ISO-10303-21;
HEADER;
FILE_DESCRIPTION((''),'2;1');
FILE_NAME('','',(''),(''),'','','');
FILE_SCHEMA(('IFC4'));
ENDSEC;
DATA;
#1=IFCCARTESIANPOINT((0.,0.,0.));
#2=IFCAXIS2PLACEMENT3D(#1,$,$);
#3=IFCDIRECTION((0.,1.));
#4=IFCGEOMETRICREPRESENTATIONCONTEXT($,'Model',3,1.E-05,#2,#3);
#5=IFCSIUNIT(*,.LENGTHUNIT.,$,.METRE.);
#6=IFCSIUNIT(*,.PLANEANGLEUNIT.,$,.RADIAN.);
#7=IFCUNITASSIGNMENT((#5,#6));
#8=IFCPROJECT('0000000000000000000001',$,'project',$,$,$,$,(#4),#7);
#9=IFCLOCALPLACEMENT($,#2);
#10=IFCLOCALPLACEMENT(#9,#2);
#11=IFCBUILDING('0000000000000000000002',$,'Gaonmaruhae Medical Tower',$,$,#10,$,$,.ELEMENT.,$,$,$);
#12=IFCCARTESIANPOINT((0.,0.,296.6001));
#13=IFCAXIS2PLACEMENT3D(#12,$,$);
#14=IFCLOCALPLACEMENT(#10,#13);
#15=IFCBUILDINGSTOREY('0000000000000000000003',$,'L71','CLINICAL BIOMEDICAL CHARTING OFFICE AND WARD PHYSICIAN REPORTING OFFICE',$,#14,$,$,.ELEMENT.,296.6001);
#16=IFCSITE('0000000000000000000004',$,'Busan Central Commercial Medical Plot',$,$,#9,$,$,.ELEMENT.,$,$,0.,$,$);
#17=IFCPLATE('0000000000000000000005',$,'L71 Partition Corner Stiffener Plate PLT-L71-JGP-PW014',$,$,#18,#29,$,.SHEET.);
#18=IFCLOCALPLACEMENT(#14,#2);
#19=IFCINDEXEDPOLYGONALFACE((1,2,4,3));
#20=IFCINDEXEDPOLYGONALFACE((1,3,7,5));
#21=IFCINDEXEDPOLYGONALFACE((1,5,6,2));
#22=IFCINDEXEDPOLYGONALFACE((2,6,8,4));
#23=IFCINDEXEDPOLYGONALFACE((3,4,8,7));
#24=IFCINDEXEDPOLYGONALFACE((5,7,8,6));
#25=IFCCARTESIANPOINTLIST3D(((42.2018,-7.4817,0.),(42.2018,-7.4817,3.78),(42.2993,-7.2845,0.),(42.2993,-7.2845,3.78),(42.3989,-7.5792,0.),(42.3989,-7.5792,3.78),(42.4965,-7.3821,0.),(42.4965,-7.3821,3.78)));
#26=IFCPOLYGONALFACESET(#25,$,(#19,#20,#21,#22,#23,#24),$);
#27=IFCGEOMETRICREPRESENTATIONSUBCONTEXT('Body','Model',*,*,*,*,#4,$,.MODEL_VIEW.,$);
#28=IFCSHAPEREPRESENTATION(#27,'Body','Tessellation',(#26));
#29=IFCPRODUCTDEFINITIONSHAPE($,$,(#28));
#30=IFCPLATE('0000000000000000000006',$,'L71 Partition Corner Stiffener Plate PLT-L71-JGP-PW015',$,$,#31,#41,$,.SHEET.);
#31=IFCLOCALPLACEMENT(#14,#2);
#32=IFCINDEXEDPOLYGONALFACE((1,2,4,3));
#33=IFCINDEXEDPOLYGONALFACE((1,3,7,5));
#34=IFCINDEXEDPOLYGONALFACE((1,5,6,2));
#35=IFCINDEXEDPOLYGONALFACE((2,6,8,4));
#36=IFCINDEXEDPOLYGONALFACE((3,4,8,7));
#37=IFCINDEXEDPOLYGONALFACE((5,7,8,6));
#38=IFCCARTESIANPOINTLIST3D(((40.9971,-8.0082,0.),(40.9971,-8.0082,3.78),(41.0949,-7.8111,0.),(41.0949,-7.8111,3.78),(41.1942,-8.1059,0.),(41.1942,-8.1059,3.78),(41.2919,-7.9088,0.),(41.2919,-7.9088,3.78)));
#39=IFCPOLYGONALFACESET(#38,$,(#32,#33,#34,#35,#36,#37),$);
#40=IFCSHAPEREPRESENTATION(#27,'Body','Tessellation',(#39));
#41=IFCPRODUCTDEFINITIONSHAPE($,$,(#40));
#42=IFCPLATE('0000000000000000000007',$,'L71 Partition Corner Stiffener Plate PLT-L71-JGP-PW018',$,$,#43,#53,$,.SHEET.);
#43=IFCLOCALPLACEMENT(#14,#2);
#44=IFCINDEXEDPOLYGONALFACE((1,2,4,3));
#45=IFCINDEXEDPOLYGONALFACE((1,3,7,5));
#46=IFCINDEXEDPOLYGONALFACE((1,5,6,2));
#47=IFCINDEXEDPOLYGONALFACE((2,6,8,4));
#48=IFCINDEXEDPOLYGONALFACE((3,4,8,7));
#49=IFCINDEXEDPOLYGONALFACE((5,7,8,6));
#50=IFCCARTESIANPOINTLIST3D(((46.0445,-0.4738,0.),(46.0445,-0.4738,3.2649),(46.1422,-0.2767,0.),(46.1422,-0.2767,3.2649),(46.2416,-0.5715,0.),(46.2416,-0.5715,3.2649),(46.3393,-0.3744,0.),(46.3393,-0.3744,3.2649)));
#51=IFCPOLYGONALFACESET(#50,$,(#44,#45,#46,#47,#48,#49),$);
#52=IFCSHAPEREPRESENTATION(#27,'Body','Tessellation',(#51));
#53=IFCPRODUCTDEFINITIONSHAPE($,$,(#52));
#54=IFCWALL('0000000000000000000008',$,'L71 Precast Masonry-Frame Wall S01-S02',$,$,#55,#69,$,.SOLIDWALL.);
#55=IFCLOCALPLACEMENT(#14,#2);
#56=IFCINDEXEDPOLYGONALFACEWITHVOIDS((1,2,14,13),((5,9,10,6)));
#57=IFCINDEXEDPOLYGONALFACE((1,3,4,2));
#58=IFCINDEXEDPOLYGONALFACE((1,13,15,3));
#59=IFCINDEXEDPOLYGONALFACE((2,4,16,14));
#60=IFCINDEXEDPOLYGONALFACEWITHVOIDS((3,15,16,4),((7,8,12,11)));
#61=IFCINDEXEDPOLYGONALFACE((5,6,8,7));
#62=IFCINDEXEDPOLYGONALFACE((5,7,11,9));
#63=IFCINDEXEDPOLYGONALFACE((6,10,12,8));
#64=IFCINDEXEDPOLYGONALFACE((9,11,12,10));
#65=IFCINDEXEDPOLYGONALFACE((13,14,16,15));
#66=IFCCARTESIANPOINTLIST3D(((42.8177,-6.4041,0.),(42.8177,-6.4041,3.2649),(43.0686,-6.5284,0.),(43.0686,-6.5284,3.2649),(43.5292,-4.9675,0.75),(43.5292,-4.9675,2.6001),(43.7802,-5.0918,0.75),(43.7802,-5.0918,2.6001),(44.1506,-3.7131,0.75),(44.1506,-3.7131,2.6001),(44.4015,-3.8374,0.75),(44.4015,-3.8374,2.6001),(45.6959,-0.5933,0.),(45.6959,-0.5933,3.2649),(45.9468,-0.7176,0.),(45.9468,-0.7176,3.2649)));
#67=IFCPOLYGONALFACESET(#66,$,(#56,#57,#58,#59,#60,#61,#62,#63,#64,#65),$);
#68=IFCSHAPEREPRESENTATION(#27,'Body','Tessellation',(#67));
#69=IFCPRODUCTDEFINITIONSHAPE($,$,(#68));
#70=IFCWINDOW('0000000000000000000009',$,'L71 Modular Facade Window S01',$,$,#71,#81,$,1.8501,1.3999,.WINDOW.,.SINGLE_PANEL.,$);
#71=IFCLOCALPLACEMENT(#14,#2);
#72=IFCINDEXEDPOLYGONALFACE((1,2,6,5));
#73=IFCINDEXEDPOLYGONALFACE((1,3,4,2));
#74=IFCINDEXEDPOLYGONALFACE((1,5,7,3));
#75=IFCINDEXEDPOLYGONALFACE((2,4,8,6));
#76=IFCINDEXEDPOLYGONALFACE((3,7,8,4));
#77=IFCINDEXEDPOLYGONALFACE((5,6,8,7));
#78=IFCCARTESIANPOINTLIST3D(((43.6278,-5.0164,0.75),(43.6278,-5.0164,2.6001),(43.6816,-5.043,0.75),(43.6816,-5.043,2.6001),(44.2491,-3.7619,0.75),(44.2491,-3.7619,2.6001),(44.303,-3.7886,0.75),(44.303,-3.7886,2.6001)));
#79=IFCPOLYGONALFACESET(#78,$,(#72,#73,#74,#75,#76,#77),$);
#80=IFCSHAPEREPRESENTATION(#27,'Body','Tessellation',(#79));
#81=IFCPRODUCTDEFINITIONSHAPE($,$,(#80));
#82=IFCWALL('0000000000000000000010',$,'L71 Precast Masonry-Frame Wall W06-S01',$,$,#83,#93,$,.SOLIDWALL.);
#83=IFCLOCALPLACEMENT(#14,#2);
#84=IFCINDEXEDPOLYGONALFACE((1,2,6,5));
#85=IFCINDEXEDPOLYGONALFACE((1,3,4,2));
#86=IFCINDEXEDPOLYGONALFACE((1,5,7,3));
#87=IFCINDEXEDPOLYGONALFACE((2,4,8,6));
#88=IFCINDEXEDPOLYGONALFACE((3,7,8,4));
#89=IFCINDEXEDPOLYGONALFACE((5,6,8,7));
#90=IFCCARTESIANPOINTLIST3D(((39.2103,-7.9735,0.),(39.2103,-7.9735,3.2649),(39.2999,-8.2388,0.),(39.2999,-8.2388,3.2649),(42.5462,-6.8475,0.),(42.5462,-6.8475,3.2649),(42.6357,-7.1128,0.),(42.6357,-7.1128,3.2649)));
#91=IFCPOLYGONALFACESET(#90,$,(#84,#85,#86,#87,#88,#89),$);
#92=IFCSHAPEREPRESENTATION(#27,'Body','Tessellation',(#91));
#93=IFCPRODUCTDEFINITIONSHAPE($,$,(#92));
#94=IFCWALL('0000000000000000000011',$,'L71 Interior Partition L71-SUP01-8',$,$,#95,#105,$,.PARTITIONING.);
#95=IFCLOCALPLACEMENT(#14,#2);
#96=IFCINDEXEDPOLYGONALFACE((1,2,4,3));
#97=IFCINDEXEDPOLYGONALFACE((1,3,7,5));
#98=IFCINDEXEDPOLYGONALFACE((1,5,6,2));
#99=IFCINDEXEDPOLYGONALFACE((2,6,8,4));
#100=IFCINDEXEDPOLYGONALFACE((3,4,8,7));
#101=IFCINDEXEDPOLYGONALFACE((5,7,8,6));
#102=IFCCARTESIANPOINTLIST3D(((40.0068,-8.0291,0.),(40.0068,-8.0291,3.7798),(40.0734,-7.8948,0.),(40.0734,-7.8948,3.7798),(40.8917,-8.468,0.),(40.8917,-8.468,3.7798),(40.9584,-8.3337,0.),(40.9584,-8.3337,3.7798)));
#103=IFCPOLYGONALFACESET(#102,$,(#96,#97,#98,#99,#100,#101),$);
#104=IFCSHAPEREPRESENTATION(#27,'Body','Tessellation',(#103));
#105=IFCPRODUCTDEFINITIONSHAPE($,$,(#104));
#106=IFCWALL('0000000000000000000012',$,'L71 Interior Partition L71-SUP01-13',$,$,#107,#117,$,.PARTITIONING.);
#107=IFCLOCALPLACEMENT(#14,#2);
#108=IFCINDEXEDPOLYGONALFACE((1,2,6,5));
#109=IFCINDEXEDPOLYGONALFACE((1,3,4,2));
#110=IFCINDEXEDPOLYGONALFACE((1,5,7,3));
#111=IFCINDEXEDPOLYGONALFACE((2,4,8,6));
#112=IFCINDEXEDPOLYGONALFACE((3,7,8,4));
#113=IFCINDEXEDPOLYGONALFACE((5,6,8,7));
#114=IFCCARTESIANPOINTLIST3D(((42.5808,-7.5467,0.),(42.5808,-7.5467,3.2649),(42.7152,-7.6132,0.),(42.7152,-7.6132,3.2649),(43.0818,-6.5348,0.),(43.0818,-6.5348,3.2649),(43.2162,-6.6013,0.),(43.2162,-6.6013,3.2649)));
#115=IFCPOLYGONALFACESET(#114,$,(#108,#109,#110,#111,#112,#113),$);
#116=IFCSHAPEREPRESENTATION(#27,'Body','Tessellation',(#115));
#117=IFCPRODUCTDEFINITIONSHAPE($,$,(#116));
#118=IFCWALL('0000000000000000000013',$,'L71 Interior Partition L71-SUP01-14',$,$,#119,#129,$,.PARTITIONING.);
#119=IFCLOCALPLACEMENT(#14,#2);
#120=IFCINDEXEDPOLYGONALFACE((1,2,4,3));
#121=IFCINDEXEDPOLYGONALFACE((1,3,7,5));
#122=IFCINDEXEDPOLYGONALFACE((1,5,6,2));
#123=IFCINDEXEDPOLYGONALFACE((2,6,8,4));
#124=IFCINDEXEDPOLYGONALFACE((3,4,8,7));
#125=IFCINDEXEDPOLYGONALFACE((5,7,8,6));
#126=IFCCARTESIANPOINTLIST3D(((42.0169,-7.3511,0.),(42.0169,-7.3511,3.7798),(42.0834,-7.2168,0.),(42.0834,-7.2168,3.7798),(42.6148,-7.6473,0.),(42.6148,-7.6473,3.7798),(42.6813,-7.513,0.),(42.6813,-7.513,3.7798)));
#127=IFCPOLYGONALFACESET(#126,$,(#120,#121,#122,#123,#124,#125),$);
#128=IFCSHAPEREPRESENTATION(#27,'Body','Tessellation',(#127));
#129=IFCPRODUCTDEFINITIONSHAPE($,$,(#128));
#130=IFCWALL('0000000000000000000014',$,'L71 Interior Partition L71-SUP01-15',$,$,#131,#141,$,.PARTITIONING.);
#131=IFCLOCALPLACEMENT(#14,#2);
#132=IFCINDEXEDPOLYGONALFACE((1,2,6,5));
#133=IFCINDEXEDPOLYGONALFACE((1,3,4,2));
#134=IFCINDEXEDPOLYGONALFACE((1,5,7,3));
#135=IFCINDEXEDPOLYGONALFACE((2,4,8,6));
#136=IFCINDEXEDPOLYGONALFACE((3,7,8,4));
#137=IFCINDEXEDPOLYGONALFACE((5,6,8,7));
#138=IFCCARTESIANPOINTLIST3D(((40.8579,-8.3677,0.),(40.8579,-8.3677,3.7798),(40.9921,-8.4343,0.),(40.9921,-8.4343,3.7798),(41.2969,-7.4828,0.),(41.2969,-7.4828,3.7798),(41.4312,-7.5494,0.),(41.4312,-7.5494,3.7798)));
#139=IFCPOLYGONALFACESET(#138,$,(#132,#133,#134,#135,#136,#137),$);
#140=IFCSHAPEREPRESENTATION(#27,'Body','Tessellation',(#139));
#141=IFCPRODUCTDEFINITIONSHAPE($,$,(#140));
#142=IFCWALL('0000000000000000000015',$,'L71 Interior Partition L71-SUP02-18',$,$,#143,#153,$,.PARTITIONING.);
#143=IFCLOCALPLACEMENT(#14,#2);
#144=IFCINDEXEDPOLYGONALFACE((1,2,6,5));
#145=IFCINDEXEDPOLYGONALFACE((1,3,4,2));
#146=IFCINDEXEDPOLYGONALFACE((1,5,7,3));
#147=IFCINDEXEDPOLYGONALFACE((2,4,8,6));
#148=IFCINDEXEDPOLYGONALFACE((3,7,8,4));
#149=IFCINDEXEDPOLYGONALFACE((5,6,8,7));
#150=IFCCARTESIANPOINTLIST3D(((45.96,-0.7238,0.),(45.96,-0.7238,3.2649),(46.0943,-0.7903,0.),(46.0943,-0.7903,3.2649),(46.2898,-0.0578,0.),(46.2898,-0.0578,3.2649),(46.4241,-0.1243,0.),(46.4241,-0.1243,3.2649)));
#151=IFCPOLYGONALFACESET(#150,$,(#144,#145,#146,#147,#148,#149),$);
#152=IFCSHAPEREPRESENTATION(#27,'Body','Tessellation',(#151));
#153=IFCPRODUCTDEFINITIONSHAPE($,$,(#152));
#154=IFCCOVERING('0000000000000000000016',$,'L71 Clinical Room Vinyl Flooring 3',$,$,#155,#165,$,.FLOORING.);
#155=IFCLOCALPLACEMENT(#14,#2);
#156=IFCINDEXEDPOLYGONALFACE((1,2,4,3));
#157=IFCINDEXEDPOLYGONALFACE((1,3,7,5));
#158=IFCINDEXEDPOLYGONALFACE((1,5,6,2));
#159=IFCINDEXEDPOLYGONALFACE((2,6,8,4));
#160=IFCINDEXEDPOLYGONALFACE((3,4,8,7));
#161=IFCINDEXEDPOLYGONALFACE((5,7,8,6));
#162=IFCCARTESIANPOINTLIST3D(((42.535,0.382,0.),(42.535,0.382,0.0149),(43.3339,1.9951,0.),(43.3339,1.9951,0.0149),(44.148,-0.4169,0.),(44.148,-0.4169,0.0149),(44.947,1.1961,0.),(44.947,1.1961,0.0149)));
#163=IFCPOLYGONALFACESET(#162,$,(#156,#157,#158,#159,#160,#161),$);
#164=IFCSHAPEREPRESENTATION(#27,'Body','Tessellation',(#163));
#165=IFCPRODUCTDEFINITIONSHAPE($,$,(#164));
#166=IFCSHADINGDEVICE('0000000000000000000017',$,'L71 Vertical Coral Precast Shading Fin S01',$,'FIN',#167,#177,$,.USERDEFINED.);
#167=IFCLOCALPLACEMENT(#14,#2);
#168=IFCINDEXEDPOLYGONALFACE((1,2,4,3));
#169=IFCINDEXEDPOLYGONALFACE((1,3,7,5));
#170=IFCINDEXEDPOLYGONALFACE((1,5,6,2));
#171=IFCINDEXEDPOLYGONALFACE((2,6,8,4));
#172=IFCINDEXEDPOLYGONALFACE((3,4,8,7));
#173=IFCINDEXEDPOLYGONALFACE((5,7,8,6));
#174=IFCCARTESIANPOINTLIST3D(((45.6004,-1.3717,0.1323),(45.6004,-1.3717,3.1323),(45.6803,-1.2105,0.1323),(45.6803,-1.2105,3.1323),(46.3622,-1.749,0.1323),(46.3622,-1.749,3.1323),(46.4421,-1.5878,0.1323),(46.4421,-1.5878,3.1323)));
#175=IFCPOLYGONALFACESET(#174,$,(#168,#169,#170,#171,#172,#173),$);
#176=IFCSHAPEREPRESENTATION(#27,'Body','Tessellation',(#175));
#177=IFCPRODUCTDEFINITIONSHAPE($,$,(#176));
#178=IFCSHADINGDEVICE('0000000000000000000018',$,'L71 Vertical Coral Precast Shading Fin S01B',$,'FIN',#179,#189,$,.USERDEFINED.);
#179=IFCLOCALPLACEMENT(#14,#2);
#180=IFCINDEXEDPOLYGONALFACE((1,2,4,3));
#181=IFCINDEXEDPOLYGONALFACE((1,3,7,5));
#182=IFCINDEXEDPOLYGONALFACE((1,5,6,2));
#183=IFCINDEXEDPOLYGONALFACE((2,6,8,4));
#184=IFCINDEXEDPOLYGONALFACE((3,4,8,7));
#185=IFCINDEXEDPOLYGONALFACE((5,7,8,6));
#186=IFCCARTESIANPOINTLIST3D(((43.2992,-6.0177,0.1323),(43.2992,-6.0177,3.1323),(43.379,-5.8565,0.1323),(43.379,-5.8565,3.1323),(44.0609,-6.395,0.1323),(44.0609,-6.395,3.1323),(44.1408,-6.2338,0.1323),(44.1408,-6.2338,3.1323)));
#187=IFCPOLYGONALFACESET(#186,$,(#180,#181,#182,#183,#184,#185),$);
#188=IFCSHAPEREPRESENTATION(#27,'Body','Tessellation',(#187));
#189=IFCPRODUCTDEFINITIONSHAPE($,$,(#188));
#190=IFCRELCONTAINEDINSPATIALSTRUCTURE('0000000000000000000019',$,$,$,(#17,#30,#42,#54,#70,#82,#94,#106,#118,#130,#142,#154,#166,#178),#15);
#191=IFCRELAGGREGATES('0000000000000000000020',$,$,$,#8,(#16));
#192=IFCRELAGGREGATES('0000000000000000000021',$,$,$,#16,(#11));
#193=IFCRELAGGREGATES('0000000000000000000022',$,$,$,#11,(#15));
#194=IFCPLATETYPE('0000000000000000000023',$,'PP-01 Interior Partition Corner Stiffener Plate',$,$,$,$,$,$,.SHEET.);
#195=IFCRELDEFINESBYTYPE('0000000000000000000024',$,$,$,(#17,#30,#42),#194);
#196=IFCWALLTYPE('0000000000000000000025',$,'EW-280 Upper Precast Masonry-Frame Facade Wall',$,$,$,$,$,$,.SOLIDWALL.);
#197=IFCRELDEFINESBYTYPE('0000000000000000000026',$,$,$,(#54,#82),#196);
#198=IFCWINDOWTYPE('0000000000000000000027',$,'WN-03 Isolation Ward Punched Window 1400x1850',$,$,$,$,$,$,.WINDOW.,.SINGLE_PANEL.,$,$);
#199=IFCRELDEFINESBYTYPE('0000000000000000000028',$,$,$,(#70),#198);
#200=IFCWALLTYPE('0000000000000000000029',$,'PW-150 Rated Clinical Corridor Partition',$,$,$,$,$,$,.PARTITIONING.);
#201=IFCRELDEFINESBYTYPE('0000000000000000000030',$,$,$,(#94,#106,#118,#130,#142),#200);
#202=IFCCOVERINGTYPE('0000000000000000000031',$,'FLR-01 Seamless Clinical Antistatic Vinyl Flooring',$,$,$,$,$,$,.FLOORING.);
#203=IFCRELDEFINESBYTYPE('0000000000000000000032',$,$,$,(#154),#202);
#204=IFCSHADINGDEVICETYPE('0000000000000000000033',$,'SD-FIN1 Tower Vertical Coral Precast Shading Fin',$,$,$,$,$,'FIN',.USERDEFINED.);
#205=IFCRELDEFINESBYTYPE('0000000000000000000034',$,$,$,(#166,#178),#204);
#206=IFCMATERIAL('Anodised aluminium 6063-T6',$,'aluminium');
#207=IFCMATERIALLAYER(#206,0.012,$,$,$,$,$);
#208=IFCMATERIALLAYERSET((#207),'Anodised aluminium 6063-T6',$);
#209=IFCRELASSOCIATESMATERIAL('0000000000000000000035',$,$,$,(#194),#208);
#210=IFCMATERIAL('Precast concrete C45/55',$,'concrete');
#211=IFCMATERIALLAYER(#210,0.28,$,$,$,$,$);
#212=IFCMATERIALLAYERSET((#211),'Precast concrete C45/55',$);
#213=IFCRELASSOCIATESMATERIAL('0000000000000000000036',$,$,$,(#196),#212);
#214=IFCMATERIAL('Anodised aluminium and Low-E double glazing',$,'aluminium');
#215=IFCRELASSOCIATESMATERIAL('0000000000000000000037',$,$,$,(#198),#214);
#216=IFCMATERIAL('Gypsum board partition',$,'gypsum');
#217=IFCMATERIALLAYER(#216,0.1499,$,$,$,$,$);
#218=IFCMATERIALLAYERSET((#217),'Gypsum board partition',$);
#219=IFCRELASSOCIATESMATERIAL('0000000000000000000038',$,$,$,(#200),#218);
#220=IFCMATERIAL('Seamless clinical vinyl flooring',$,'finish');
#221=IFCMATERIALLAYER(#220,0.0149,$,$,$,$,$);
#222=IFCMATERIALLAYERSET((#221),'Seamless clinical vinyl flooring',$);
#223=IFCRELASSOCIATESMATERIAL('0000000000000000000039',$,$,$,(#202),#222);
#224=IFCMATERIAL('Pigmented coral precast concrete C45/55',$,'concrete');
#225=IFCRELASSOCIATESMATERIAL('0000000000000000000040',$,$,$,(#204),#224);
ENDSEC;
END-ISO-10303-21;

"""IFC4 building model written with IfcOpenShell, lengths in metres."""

from ifc_helpers import new_model, si_unit, direction, frame, frame_2d, origin, origin_2d, place, context, subcontext, project, spatial, rectangle, extrude, material, layer, layer_set, type_object, element, fill, save


model = new_model("IFC4")

# Units and contexts
model_context = context("Model", 3, precision=1e-05, world=origin(), true_north=direction((0.0, 1.0)))
body_context = subcontext(model_context, "Body", "Model", "MODEL_VIEW")
ifc_project = project(units=[si_unit("LENGTHUNIT", "METRE"), si_unit("PLANEANGLEUNIT", "RADIAN")], contexts=[model_context])

# Site, building, storey
site_placement = place(None, origin())
site = spatial("IfcSite", under=ifc_project, at=site_placement, Name="Busan Central Commercial Medical Plot", CompositionType="ELEMENT", RefElevation=0.0)
building_placement = place(site_placement, origin())
building = spatial("IfcBuilding", under=site, at=building_placement, Name="Gaonmaruhae Medical Tower", CompositionType="ELEMENT")
storey_placement = place(building_placement, frame((0.0, 0.0, 296.6001)))
storey = spatial("IfcBuildingStorey", under=building, at=storey_placement, Name="L71", Description="CLINICAL BIOMEDICAL CHARTING OFFICE AND WARD PHYSICIAN REPORTING OFFICE", CompositionType="ELEMENT", Elevation=296.6001)

# Plates
ifc_material_1 = material(Name="Anodised aluminium 6063-T6", Category="aluminium")
ifc_layer_1 = layer(ifc_material_1, 0.012)
ifc_layer_set_1 = layer_set([ifc_layer_1], Name="Anodised aluminium 6063-T6")
plate_type = type_object("IfcPlateType", Name="PP-01 Interior Partition Corner Stiffener Plate", PredefinedType="SHEET", material=ifc_layer_set_1)
for number, where, z_axis, x_axis, name in (
    (1, (42.3491, -7.4319, 0.0), (0.0, 0.0, 1.0), (-0.896216, 0.443619, 0.0), "L71 Partition Corner Stiffener Plate PLT-L71-JGP-PW014"),
    (2, (41.1445, -7.9585, 0.0), (0.0, 0.0, 1.0), (-0.444369, -0.895844, 0.0), "L71 Partition Corner Stiffener Plate PLT-L71-JGP-PW015"),
):
    element("IfcPlate", number, at=place(storey_placement, frame(where, z_axis=z_axis, x_axis=x_axis)), inside=storey, type_object=plate_type, Name=name, PredefinedType="SHEET", context=body_context, shape_type="SweptSolid", body=[
        extrude(rectangle(XDim=0.22, YDim=0.22, at=origin_2d()), origin(), (0.0, 0.0, 1.0), 3.78),
    ])
plate_placement = place(storey_placement, frame((46.1919, -0.4241, 0.0), z_axis=(0.0, 0.0, 1.0), x_axis=(-0.443978, -0.896037, 0.0)))
element("IfcPlate", 3, at=plate_placement, inside=storey, type_object=plate_type, Name="L71 Partition Corner Stiffener Plate PLT-L71-JGP-PW018", PredefinedType="SHEET", context=body_context, shape_type="SweptSolid", body=[
    extrude(rectangle(XDim=0.22, YDim=0.22, at=origin_2d()), origin(), (0.0, 0.0, 1.0), 3.2649),
])

# Wall, opening, window
ifc_material_2 = material(Name="Precast concrete C45/55", Category="concrete")
ifc_layer_2 = layer(ifc_material_2, 0.28)
ifc_layer_set_2 = layer_set([ifc_layer_2], Name="Precast concrete C45/55")
wall_type_1 = type_object("IfcWallType", Name="EW-280 Upper Precast Masonry-Frame Facade Wall", PredefinedType="SOLIDWALL", material=ifc_layer_set_2)
wall_1_placement = place(storey_placement, frame((45.8213, -0.6555, 0.0), z_axis=(0.0, 0.0, 1.0), x_axis=(-0.443852, -0.8961, 0.0)))
wall_1 = element("IfcWall", 4, at=wall_1_placement, inside=storey, type_object=wall_type_1, Name="L71 Precast Masonry-Frame Wall S01-S02", PredefinedType="SOLIDWALL", context=body_context, shape_type="SweptSolid", body=[
    extrude(rectangle(XDim=6.4846, YDim=0.28, at=frame_2d((3.2422, 0.0))), origin(), (0.0, 0.0, 1.0), 3.2649),
])
opening_placement = place(wall_1_placement, frame((3.4814, 0.0, 0.75)))
opening = element("IfcOpeningElement", 5, at=opening_placement, cuts=wall_1, PredefinedType="OPENING", context=body_context, shape_type="SweptSolid", body=[
    extrude(rectangle(XDim=1.3999, YDim=1.8501, at=frame_2d((0.7, 0.925))), frame((0.0, 0.1499, 0.0), z_axis=(0.0, -1.0, 0.0), x_axis=(1.0, 0.0, 0.0)), (0.0, 0.0, 1.0), 0.3),
])
ifc_material_3 = material(Name="Anodised aluminium and Low-E double glazing", Category="aluminium")
window_type = type_object("IfcWindowType", Name="WN-03 Isolation Ward Punched Window 1400x1850", PartitioningType="SINGLE_PANEL", PredefinedType="WINDOW", material=ifc_material_3)
window_placement = place(opening_placement, origin())
window = element("IfcWindow", 6, at=window_placement, inside=storey, type_object=window_type, Name="L71 Modular Facade Window S01", OverallHeight=1.8501, OverallWidth=1.3999, PartitioningType="SINGLE_PANEL", PredefinedType="WINDOW", context=body_context, shape_type="SweptSolid", body=[
    extrude(rectangle(XDim=1.3999, YDim=1.8501, at=frame_2d((0.7, 0.925))), frame((0.0, 0.03, 0.0), z_axis=(0.0, -1.0, 0.0), x_axis=(1.0, 0.0, 0.0)), (0.0, 0.0, 1.0), 0.0601),
])
fill(opening, window)

# Walls
wall_2_placement = place(storey_placement, frame((42.5908, -6.9802, 0.0), z_axis=(0.0, 0.0, 1.0), x_axis=(-0.947484, -0.319804, 0.0)))
element("IfcWall", 7, at=wall_2_placement, inside=storey, type_object=wall_type_1, Name="L71 Precast Masonry-Frame Wall W06-S01", PredefinedType="SOLIDWALL", context=body_context, shape_type="SweptSolid", body=[
    extrude(rectangle(XDim=3.5208, YDim=0.28, at=frame_2d((1.7603, 0.0))), origin(), (0.0, 0.0, 1.0), 3.2649),
])
ifc_material_4 = material(Name="Gypsum board partition", Category="gypsum")
ifc_layer_3 = layer(ifc_material_4, 0.1499)
ifc_layer_set_3 = layer_set([ifc_layer_3], Name="Gypsum board partition")
wall_type_2 = type_object("IfcWallType", Name="PW-150 Rated Clinical Corridor Partition", PredefinedType="PARTITIONING", material=ifc_layer_set_3)
wall_3_placement = place(storey_placement, frame((40.925, -8.4009, 0.0), z_axis=(0.0, 0.0, 1.0), x_axis=(-0.895856, 0.444345, 0.0)))
element("IfcWall", 8, at=wall_3_placement, inside=storey, type_object=wall_type_2, Name="L71 Interior Partition L71-SUP01-8", PredefinedType="PARTITIONING", context=body_context, shape_type="SweptSolid", body=[
    extrude(rectangle(XDim=0.9878, YDim=0.1499, at=frame_2d((0.4939, 0.0))), origin(), (0.0, 0.0, 1.0), 3.7798),
])
wall_4_placement = place(storey_placement, frame((43.1489, -6.5681, 0.0), z_axis=(0.0, 0.0, 1.0), x_axis=(-0.443664, -0.896193, 0.0)))
element("IfcWall", 9, at=wall_4_placement, inside=storey, type_object=wall_type_2, Name="L71 Interior Partition L71-SUP01-13", PredefinedType="PARTITIONING", context=body_context, shape_type="SweptSolid", body=[
    extrude(rectangle(XDim=1.1292, YDim=0.1499, at=frame_2d((0.5645, 0.0))), origin(), (0.0, 0.0, 1.0), 3.2649),
])
wall_5_placement = place(storey_placement, frame((42.6479, -7.5801, 0.0), z_axis=(0.0, 0.0, 1.0), x_axis=(-0.896104, 0.443844, 0.0)))
element("IfcWall", 10, at=wall_5_placement, inside=storey, type_object=wall_type_2, Name="L71 Interior Partition L71-SUP01-14", PredefinedType="PARTITIONING", context=body_context, shape_type="SweptSolid", body=[
    extrude(rectangle(XDim=0.6672, YDim=0.1499, at=frame_2d((0.3335, 0.0))), origin(), (0.0, 0.0, 1.0), 3.7798),
])
wall_6_placement = place(storey_placement, frame((41.364, -7.5161, 0.0), z_axis=(0.0, 0.0, 1.0), x_axis=(-0.444443, -0.895807, 0.0)))
element("IfcWall", 11, at=wall_6_placement, inside=storey, type_object=wall_type_2, Name="L71 Interior Partition L71-SUP01-15", PredefinedType="PARTITIONING", context=body_context, shape_type="SweptSolid", body=[
    extrude(rectangle(XDim=0.9878, YDim=0.1499, at=frame_2d((0.4939, 0.0))), origin(), (0.0, 0.0, 1.0), 3.7798),
])
wall_7_placement = place(storey_placement, frame((46.3569, -0.0911, 0.0), z_axis=(0.0, 0.0, 1.0), x_axis=(-0.443794, -0.896129, 0.0)))
element("IfcWall", 12, at=wall_7_placement, inside=storey, type_object=wall_type_2, Name="L71 Interior Partition L71-SUP02-18", PredefinedType="PARTITIONING", context=body_context, shape_type="SweptSolid", body=[
    extrude(rectangle(XDim=0.7432, YDim=0.1499, at=frame_2d((0.3716, 0.0))), origin(), (0.0, 0.0, 1.0), 3.2649),
])

# Covering
ifc_material_5 = material(Name="Seamless clinical vinyl flooring", Category="finish")
ifc_layer_4 = layer(ifc_material_5, 0.0149)
ifc_layer_set_4 = layer_set([ifc_layer_4], Name="Seamless clinical vinyl flooring")
covering_type = type_object("IfcCoveringType", Name="FLR-01 Seamless Clinical Antistatic Vinyl Flooring", PredefinedType="FLOORING", material=ifc_layer_set_4)
covering_placement = place(storey_placement, frame((43.741, 0.7891, 0.0), z_axis=(0.0, 0.0, 1.0), x_axis=(0.443853, 0.896099, 0.0)))
element("IfcCovering", 13, at=covering_placement, inside=storey, type_object=covering_type, Name="L71 Clinical Room Vinyl Flooring 3", PredefinedType="FLOORING", context=body_context, shape_type="SweptSolid", body=[
    extrude(rectangle(XDim=1.8, YDim=1.8, at=origin_2d()), origin(), (0.0, 0.0, 1.0), 0.0149),
])

# Shading devices
ifc_material_6 = material(Name="Pigmented coral precast concrete C45/55", Category="concrete")
shading_device_type = type_object("IfcShadingDeviceType", Name="SD-FIN1 Tower Vertical Coral Precast Shading Fin", ElementType="FIN", PredefinedType="USERDEFINED", material=ifc_material_6)
for number, where, z_axis, x_axis, name in (
    (14, (46.0212, -1.4797, 0.1323), (0.0, 0.0, 1.0), (-0.443853, -0.896099, 0.0), "L71 Vertical Coral Precast Shading Fin S01"),
    (15, (43.72, -6.1257, 0.1323), (0.0, 0.0, 1.0), (-0.443853, -0.896099, 0.0), "L71 Vertical Coral Precast Shading Fin S01B"),
):
    element("IfcShadingDevice", number, at=place(storey_placement, frame(where, z_axis=z_axis, x_axis=x_axis)), inside=storey, type_object=shading_device_type, Name=name, ObjectType="FIN", PredefinedType="USERDEFINED", context=body_context, shape_type="SweptSolid", body=[
        extrude(rectangle(XDim=0.1799, YDim=0.8501, at=origin_2d()), origin(), (0.0, 0.0, 1.0), 3.0),
    ])

save(model, "model.ifc")
